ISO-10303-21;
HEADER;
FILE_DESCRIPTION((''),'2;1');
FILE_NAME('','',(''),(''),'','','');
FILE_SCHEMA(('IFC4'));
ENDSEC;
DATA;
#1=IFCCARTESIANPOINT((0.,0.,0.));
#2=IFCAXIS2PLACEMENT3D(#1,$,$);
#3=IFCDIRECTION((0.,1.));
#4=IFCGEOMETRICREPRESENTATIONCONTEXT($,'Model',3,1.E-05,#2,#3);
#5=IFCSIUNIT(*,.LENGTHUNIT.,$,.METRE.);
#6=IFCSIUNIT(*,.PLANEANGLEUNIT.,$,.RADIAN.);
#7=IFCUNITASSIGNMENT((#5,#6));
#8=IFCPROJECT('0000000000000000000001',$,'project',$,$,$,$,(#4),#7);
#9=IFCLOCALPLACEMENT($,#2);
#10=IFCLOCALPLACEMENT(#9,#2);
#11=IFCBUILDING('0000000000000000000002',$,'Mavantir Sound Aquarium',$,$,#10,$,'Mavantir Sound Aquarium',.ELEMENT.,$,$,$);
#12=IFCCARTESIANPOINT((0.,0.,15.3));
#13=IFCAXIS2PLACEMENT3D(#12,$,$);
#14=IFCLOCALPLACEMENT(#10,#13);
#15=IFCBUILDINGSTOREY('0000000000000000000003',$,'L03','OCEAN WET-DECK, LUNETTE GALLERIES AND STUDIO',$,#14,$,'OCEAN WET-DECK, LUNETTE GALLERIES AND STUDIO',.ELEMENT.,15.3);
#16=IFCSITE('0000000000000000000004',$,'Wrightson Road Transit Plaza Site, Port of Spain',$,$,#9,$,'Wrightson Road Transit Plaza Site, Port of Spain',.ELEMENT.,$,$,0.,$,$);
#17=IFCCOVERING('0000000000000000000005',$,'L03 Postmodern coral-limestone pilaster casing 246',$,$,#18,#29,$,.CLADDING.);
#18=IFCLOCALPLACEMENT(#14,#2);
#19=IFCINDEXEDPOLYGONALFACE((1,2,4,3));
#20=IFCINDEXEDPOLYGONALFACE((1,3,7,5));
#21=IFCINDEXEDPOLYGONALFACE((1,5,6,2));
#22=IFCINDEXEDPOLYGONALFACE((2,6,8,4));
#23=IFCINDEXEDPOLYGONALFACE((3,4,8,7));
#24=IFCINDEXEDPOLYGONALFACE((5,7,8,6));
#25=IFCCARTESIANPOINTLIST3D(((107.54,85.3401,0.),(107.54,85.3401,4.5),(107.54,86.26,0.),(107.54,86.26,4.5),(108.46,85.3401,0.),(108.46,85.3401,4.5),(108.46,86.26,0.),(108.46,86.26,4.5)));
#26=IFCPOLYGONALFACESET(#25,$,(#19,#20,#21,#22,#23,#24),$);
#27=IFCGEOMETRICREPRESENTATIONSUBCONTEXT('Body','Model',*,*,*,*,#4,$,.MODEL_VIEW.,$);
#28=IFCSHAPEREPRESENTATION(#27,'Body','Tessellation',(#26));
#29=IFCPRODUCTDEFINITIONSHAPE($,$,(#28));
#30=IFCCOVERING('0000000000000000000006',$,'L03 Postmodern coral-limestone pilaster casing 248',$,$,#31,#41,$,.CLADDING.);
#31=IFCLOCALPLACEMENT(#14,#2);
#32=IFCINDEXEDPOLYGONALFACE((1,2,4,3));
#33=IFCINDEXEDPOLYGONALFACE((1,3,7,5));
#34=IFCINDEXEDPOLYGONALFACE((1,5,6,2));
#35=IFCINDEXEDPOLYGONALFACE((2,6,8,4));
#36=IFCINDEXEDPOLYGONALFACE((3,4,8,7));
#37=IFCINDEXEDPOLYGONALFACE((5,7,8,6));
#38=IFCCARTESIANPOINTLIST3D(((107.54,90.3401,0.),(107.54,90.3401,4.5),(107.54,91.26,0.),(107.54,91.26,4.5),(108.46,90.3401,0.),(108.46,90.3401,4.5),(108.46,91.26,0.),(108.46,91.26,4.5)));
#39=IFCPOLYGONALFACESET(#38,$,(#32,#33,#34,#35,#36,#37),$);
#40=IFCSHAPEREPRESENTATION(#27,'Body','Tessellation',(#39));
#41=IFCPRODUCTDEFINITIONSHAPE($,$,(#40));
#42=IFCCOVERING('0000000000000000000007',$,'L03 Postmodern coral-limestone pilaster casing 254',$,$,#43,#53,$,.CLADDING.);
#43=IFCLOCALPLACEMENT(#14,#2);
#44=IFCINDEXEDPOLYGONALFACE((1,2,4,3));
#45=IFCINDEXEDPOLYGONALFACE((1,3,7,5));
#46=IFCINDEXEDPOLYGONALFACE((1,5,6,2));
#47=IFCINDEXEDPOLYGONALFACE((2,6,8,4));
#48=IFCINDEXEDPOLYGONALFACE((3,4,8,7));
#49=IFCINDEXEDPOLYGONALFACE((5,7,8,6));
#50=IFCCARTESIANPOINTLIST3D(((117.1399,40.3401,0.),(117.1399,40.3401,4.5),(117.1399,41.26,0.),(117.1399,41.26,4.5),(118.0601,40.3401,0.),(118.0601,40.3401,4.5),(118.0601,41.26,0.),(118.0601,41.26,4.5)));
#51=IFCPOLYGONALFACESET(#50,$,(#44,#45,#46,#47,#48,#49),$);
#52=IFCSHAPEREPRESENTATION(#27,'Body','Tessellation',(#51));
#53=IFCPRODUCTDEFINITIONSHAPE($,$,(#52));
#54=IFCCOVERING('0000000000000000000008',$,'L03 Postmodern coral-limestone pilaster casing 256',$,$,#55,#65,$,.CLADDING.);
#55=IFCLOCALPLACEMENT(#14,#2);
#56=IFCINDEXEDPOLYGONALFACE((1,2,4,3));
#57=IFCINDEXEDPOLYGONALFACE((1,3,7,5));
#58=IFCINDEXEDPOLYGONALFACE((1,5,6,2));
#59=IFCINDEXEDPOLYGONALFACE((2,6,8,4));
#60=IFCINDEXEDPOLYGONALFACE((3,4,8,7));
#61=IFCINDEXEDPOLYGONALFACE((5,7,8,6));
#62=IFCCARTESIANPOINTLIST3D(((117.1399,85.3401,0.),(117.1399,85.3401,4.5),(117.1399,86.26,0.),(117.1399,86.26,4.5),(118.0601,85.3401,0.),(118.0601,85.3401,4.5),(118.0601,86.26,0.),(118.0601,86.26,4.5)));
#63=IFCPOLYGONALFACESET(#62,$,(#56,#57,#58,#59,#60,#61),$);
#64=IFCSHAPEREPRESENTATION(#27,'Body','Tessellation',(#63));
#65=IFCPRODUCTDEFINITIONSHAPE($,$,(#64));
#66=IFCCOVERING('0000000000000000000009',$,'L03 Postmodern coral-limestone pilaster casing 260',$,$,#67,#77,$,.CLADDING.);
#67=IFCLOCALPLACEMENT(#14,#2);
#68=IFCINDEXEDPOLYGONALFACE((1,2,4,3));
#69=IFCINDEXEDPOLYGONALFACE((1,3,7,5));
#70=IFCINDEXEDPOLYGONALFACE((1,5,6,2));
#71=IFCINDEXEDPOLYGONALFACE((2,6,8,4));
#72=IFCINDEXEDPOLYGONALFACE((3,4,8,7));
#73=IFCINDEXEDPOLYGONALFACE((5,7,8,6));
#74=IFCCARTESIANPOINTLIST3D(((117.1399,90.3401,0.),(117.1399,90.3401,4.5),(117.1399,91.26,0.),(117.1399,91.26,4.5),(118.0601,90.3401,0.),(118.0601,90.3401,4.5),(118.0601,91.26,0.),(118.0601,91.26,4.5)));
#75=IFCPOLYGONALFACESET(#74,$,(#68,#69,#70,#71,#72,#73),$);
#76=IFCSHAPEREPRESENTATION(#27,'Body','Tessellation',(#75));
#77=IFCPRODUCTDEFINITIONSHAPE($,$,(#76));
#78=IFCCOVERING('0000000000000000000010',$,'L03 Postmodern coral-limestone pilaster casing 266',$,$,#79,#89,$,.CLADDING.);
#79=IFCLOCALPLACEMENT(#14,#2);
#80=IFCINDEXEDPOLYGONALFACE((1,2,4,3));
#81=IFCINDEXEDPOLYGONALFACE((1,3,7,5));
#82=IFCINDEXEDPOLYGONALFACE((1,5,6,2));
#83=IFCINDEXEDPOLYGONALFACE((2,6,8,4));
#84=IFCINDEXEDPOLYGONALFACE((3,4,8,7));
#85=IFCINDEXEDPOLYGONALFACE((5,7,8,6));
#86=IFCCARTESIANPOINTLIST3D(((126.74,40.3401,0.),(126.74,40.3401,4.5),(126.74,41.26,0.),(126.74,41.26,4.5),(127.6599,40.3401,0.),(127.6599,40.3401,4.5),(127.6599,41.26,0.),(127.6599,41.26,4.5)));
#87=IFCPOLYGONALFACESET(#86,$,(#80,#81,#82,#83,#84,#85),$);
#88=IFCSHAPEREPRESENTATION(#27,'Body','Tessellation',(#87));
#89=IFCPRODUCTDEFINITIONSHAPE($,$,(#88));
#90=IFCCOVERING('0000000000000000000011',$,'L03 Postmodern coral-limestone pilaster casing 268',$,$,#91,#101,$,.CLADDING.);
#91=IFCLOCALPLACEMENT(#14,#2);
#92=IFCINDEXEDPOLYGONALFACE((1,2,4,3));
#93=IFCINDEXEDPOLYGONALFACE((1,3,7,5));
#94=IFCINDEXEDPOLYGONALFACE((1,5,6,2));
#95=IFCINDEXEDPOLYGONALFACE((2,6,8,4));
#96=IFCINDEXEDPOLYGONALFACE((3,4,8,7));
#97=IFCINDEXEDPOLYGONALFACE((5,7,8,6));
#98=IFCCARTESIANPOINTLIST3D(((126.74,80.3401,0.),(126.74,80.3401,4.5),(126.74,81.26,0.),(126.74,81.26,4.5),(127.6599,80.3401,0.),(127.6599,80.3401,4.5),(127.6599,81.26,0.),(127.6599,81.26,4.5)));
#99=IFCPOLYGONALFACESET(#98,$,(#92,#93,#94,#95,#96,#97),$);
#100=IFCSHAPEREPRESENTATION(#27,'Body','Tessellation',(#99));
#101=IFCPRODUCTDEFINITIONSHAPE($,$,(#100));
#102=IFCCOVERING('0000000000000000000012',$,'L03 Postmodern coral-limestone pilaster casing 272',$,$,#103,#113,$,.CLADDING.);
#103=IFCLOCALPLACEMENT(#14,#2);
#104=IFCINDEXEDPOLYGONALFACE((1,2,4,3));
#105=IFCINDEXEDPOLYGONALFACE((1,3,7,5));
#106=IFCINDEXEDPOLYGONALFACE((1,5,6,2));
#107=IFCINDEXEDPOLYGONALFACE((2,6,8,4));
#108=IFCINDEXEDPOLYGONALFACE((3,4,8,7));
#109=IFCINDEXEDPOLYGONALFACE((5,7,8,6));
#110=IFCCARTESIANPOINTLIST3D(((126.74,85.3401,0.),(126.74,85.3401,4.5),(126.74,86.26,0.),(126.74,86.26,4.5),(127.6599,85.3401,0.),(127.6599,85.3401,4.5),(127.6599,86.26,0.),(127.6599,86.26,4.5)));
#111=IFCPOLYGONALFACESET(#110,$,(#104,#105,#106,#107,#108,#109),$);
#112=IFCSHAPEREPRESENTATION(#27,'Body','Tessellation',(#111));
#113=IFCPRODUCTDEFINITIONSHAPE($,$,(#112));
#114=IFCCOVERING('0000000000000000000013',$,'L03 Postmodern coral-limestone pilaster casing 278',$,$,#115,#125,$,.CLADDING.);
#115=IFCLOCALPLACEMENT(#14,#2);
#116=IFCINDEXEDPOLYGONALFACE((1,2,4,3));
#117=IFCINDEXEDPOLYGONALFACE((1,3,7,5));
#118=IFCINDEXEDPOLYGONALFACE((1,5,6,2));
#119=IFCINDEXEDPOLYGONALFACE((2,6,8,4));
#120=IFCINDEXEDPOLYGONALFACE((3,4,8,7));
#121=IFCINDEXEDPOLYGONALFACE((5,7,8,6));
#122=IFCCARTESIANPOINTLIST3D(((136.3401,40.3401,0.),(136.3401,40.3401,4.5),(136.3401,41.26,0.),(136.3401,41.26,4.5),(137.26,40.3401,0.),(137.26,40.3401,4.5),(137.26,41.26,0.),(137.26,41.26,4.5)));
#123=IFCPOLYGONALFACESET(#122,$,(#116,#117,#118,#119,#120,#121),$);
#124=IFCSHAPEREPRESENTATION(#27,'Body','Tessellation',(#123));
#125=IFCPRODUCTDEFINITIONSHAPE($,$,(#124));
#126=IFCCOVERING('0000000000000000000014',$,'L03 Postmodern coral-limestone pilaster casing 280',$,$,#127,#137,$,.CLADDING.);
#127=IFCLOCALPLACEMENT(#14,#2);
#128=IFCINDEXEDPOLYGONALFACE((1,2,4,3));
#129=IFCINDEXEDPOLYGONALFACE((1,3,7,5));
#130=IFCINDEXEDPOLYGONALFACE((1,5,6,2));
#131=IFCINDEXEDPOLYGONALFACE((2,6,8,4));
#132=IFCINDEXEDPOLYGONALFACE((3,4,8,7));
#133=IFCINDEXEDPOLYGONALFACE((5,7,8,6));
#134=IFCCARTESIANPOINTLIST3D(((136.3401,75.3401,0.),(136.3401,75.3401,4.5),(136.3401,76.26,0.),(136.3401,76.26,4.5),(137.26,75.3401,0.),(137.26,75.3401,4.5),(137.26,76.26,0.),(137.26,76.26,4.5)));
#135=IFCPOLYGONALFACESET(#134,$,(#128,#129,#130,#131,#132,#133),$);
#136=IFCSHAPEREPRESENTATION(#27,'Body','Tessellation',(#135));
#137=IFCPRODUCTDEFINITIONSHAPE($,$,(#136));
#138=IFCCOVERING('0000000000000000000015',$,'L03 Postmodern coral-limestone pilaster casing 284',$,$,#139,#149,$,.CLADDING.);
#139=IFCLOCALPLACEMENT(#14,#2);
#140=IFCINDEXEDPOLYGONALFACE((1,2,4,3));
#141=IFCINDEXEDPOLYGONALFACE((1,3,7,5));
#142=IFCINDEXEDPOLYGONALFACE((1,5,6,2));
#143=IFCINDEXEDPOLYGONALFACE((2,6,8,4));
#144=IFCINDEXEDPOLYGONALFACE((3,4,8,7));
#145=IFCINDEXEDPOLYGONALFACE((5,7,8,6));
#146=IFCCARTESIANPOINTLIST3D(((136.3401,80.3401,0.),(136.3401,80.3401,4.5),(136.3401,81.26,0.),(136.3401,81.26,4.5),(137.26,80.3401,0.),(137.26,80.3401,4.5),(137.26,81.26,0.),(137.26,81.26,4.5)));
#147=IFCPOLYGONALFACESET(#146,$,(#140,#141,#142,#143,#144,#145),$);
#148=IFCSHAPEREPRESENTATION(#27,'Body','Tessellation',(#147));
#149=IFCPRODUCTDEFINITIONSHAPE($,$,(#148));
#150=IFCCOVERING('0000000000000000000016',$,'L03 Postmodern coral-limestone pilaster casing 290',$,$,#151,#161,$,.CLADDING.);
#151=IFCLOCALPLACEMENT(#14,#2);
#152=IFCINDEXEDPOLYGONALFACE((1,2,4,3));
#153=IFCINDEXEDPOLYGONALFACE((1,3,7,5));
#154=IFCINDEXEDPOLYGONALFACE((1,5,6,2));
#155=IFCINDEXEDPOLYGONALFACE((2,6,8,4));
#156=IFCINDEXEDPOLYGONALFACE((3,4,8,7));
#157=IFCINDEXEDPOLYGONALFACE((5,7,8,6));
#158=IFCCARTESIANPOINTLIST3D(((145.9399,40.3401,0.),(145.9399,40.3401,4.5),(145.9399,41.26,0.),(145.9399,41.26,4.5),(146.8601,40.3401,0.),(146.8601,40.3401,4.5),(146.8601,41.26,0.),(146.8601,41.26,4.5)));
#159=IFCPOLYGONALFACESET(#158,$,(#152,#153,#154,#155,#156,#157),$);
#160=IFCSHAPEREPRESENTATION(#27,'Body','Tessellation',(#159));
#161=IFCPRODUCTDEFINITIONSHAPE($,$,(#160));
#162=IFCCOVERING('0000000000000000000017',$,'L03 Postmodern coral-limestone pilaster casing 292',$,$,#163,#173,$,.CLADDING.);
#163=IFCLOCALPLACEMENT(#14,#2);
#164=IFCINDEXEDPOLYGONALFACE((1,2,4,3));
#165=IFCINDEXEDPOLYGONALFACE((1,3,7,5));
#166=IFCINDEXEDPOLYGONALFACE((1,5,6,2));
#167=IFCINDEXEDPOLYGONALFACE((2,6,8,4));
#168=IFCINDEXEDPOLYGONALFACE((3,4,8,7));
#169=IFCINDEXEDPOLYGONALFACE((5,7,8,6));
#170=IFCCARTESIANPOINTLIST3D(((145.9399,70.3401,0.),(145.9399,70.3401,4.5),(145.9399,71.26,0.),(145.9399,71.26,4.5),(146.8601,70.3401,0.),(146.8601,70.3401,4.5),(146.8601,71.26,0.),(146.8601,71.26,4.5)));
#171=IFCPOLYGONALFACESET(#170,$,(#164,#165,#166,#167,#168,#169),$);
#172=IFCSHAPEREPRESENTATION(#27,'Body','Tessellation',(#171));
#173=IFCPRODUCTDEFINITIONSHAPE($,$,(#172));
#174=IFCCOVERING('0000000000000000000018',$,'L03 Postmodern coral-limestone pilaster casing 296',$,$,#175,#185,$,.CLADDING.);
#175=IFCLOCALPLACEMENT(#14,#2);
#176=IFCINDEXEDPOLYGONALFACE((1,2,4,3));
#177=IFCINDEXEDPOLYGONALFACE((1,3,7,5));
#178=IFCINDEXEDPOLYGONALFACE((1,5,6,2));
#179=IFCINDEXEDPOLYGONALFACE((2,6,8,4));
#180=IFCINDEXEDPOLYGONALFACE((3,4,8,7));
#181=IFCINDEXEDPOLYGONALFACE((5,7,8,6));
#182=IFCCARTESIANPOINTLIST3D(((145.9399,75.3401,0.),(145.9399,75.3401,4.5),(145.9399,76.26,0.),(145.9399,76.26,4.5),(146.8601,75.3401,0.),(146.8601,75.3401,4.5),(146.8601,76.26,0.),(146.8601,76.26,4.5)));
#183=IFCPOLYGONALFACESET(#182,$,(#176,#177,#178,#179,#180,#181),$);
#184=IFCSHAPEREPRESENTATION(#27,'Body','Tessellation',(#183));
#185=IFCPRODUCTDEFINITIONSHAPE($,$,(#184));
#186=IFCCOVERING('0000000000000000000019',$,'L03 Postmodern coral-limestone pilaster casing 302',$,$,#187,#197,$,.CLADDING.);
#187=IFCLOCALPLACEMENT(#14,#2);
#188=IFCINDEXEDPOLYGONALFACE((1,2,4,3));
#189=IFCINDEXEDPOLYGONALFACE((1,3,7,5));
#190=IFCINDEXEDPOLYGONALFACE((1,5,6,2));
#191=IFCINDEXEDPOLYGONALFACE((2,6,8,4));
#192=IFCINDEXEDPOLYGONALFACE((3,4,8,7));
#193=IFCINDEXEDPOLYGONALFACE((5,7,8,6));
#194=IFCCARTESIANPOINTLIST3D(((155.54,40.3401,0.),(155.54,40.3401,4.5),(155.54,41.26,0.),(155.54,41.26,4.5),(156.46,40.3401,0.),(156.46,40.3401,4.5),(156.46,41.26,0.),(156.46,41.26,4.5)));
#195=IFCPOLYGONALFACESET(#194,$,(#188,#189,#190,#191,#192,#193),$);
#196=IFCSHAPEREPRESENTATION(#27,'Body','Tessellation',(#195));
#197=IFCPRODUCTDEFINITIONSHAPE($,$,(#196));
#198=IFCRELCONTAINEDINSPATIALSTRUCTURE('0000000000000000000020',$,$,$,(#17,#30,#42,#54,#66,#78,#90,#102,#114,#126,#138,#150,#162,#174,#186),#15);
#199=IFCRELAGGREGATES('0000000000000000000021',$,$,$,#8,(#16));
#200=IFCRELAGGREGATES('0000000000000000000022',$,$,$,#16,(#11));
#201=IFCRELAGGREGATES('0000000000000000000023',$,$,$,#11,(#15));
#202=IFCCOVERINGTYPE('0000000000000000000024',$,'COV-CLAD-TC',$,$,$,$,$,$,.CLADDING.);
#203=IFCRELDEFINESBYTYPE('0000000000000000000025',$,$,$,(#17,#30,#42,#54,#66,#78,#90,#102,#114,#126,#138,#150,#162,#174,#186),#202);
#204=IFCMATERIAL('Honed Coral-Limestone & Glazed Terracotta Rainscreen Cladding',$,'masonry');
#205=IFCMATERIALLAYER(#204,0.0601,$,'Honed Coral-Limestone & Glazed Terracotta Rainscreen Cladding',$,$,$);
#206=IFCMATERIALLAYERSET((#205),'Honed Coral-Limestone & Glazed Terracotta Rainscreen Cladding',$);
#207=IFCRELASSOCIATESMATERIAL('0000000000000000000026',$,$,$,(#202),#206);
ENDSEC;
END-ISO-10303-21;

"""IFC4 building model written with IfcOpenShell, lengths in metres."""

from ifc_helpers import new_model, si_unit, direction, frame, origin, place, context, subcontext, project, spatial, polyline, outline, extrude, material, layer, layer_set, type_object, element, save


model = new_model("IFC4")

# Units and contexts
model_context = context("Model", 3, precision=1e-05, world=origin(), true_north=direction((0.0, 1.0)))
body_context = subcontext(model_context, "Body", "Model", "MODEL_VIEW")
ifc_project = project(units=[si_unit("LENGTHUNIT", "METRE"), si_unit("PLANEANGLEUNIT", "RADIAN")], contexts=[model_context])

# Site, building, storey
site_placement = place(None, origin())
site = spatial("IfcSite", under=ifc_project, at=site_placement, Name="Wrightson Road Transit Plaza Site, Port of Spain", LongName="Wrightson Road Transit Plaza Site, Port of Spain", CompositionType="ELEMENT", RefElevation=0.0)
building_placement = place(site_placement, origin())
building = spatial("IfcBuilding", under=site, at=building_placement, Name="Mavantir Sound Aquarium", LongName="Mavantir Sound Aquarium", CompositionType="ELEMENT")
storey_placement = place(building_placement, frame((0.0, 0.0, 15.3)))
storey = spatial("IfcBuildingStorey", under=building, at=storey_placement, Name="L03", Description="OCEAN WET-DECK, LUNETTE GALLERIES AND STUDIO", LongName="OCEAN WET-DECK, LUNETTE GALLERIES AND STUDIO", CompositionType="ELEMENT", Elevation=15.3)

# Coverings
ifc_material = material(Name="Honed Coral-Limestone & Glazed Terracotta Rainscreen Cladding", Category="masonry")
ifc_layer = layer(ifc_material, 0.0601, Name="Honed Coral-Limestone & Glazed Terracotta Rainscreen Cladding")
ifc_layer_set = layer_set([ifc_layer], Name="Honed Coral-Limestone & Glazed Terracotta Rainscreen Cladding")
covering_type = type_object("IfcCoveringType", Name="COV-CLAD-TC", PredefinedType="CLADDING", material=ifc_layer_set)
covering_1_placement = place(storey_placement, origin())
element("IfcCovering", 1, at=covering_1_placement, inside=storey, type_object=covering_type, Name="L03 Postmodern coral-limestone pilaster casing 246", PredefinedType="CLADDING", context=body_context, shape_type="SweptSolid", body=[
    extrude(outline(polyline([(107.54, 85.3401), (108.46, 85.3401), (108.46, 86.26), (107.54, 86.26), (107.54, 85.3401)])), origin(), (0.0, 0.0, 1.0), 4.5),
])
covering_2_placement = place(storey_placement, origin())
element("IfcCovering", 2, at=covering_2_placement, inside=storey, type_object=covering_type, Name="L03 Postmodern coral-limestone pilaster casing 248", PredefinedType="CLADDING", context=body_context, shape_type="SweptSolid", body=[
    extrude(outline(polyline([(107.54, 90.3401), (108.46, 90.3401), (108.46, 91.26), (107.54, 91.26), (107.54, 90.3401)])), origin(), (0.0, 0.0, 1.0), 4.5),
])
covering_3_placement = place(storey_placement, origin())
element("IfcCovering", 3, at=covering_3_placement, inside=storey, type_object=covering_type, Name="L03 Postmodern coral-limestone pilaster casing 254", PredefinedType="CLADDING", context=body_context, shape_type="SweptSolid", body=[
    extrude(outline(polyline([(117.1399, 40.3401), (118.0601, 40.3401), (118.0601, 41.26), (117.1399, 41.26), (117.1399, 40.3401)])), origin(), (0.0, 0.0, 1.0), 4.5),
])
covering_4_placement = place(storey_placement, origin())
element("IfcCovering", 4, at=covering_4_placement, inside=storey, type_object=covering_type, Name="L03 Postmodern coral-limestone pilaster casing 256", PredefinedType="CLADDING", context=body_context, shape_type="SweptSolid", body=[
    extrude(outline(polyline([(117.1399, 85.3401), (118.0601, 85.3401), (118.0601, 86.26), (117.1399, 86.26), (117.1399, 85.3401)])), origin(), (0.0, 0.0, 1.0), 4.5),
])
covering_5_placement = place(storey_placement, origin())
element("IfcCovering", 5, at=covering_5_placement, inside=storey, type_object=covering_type, Name="L03 Postmodern coral-limestone pilaster casing 260", PredefinedType="CLADDING", context=body_context, shape_type="SweptSolid", body=[
    extrude(outline(polyline([(117.1399, 90.3401), (118.0601, 90.3401), (118.0601, 91.26), (117.1399, 91.26), (117.1399, 90.3401)])), origin(), (0.0, 0.0, 1.0), 4.5),
])
covering_6_placement = place(storey_placement, origin())
element("IfcCovering", 6, at=covering_6_placement, inside=storey, type_object=covering_type, Name="L03 Postmodern coral-limestone pilaster casing 266", PredefinedType="CLADDING", context=body_context, shape_type="SweptSolid", body=[
    extrude(outline(polyline([(126.74, 40.3401), (127.6599, 40.3401), (127.6599, 41.26), (126.74, 41.26), (126.74, 40.3401)])), origin(), (0.0, 0.0, 1.0), 4.5),
])
covering_7_placement = place(storey_placement, origin())
element("IfcCovering", 7, at=covering_7_placement, inside=storey, type_object=covering_type, Name="L03 Postmodern coral-limestone pilaster casing 268", PredefinedType="CLADDING", context=body_context, shape_type="SweptSolid", body=[
    extrude(outline(polyline([(126.74, 80.3401), (127.6599, 80.3401), (127.6599, 81.26), (126.74, 81.26), (126.74, 80.3401)])), origin(), (0.0, 0.0, 1.0), 4.5),
])
covering_8_placement = place(storey_placement, origin())
element("IfcCovering", 8, at=covering_8_placement, inside=storey, type_object=covering_type, Name="L03 Postmodern coral-limestone pilaster casing 272", PredefinedType="CLADDING", context=body_context, shape_type="SweptSolid", body=[
    extrude(outline(polyline([(126.74, 85.3401), (127.6599, 85.3401), (127.6599, 86.26), (126.74, 86.26), (126.74, 85.3401)])), origin(), (0.0, 0.0, 1.0), 4.5),
])
covering_9_placement = place(storey_placement, origin())
element("IfcCovering", 9, at=covering_9_placement, inside=storey, type_object=covering_type, Name="L03 Postmodern coral-limestone pilaster casing 278", PredefinedType="CLADDING", context=body_context, shape_type="SweptSolid", body=[
    extrude(outline(polyline([(136.3401, 40.3401), (137.26, 40.3401), (137.26, 41.26), (136.3401, 41.26), (136.3401, 40.3401)])), origin(), (0.0, 0.0, 1.0), 4.5),
])
covering_10_placement = place(storey_placement, origin())
element("IfcCovering", 10, at=covering_10_placement, inside=storey, type_object=covering_type, Name="L03 Postmodern coral-limestone pilaster casing 280", PredefinedType="CLADDING", context=body_context, shape_type="SweptSolid", body=[
    extrude(outline(polyline([(136.3401, 75.3401), (137.26, 75.3401), (137.26, 76.26), (136.3401, 76.26), (136.3401, 75.3401)])), origin(), (0.0, 0.0, 1.0), 4.5),
])
covering_11_placement = place(storey_placement, origin())
element("IfcCovering", 11, at=covering_11_placement, inside=storey, type_object=covering_type, Name="L03 Postmodern coral-limestone pilaster casing 284", PredefinedType="CLADDING", context=body_context, shape_type="SweptSolid", body=[
    extrude(outline(polyline([(136.3401, 80.3401), (137.26, 80.3401), (137.26, 81.26), (136.3401, 81.26), (136.3401, 80.3401)])), origin(), (0.0, 0.0, 1.0), 4.5),
])
covering_12_placement = place(storey_placement, origin())
element("IfcCovering", 12, at=covering_12_placement, inside=storey, type_object=covering_type, Name="L03 Postmodern coral-limestone pilaster casing 290", PredefinedType="CLADDING", context=body_context, shape_type="SweptSolid", body=[
    extrude(outline(polyline([(145.9399, 40.3401), (146.8601, 40.3401), (146.8601, 41.26), (145.9399, 41.26), (145.9399, 40.3401)])), origin(), (0.0, 0.0, 1.0), 4.5),
])
covering_13_placement = place(storey_placement, origin())
element("IfcCovering", 13, at=covering_13_placement, inside=storey, type_object=covering_type, Name="L03 Postmodern coral-limestone pilaster casing 292", PredefinedType="CLADDING", context=body_context, shape_type="SweptSolid", body=[
    extrude(outline(polyline([(145.9399, 70.3401), (146.8601, 70.3401), (146.8601, 71.26), (145.9399, 71.26), (145.9399, 70.3401)])), origin(), (0.0, 0.0, 1.0), 4.5),
])
covering_14_placement = place(storey_placement, origin())
element("IfcCovering", 14, at=covering_14_placement, inside=storey, type_object=covering_type, Name="L03 Postmodern coral-limestone pilaster casing 296", PredefinedType="CLADDING", context=body_context, shape_type="SweptSolid", body=[
    extrude(outline(polyline([(145.9399, 75.3401), (146.8601, 75.3401), (146.8601, 76.26), (145.9399, 76.26), (145.9399, 75.3401)])), origin(), (0.0, 0.0, 1.0), 4.5),
])
covering_15_placement = place(storey_placement, origin())
element("IfcCovering", 15, at=covering_15_placement, inside=storey, type_object=covering_type, Name="L03 Postmodern coral-limestone pilaster casing 302", PredefinedType="CLADDING", context=body_context, shape_type="SweptSolid", body=[
    extrude(outline(polyline([(155.54, 40.3401), (156.46, 40.3401), (156.46, 41.26), (155.54, 41.26), (155.54, 40.3401)])), origin(), (0.0, 0.0, 1.0), 4.5),
])

save(model, "model.ifc")
